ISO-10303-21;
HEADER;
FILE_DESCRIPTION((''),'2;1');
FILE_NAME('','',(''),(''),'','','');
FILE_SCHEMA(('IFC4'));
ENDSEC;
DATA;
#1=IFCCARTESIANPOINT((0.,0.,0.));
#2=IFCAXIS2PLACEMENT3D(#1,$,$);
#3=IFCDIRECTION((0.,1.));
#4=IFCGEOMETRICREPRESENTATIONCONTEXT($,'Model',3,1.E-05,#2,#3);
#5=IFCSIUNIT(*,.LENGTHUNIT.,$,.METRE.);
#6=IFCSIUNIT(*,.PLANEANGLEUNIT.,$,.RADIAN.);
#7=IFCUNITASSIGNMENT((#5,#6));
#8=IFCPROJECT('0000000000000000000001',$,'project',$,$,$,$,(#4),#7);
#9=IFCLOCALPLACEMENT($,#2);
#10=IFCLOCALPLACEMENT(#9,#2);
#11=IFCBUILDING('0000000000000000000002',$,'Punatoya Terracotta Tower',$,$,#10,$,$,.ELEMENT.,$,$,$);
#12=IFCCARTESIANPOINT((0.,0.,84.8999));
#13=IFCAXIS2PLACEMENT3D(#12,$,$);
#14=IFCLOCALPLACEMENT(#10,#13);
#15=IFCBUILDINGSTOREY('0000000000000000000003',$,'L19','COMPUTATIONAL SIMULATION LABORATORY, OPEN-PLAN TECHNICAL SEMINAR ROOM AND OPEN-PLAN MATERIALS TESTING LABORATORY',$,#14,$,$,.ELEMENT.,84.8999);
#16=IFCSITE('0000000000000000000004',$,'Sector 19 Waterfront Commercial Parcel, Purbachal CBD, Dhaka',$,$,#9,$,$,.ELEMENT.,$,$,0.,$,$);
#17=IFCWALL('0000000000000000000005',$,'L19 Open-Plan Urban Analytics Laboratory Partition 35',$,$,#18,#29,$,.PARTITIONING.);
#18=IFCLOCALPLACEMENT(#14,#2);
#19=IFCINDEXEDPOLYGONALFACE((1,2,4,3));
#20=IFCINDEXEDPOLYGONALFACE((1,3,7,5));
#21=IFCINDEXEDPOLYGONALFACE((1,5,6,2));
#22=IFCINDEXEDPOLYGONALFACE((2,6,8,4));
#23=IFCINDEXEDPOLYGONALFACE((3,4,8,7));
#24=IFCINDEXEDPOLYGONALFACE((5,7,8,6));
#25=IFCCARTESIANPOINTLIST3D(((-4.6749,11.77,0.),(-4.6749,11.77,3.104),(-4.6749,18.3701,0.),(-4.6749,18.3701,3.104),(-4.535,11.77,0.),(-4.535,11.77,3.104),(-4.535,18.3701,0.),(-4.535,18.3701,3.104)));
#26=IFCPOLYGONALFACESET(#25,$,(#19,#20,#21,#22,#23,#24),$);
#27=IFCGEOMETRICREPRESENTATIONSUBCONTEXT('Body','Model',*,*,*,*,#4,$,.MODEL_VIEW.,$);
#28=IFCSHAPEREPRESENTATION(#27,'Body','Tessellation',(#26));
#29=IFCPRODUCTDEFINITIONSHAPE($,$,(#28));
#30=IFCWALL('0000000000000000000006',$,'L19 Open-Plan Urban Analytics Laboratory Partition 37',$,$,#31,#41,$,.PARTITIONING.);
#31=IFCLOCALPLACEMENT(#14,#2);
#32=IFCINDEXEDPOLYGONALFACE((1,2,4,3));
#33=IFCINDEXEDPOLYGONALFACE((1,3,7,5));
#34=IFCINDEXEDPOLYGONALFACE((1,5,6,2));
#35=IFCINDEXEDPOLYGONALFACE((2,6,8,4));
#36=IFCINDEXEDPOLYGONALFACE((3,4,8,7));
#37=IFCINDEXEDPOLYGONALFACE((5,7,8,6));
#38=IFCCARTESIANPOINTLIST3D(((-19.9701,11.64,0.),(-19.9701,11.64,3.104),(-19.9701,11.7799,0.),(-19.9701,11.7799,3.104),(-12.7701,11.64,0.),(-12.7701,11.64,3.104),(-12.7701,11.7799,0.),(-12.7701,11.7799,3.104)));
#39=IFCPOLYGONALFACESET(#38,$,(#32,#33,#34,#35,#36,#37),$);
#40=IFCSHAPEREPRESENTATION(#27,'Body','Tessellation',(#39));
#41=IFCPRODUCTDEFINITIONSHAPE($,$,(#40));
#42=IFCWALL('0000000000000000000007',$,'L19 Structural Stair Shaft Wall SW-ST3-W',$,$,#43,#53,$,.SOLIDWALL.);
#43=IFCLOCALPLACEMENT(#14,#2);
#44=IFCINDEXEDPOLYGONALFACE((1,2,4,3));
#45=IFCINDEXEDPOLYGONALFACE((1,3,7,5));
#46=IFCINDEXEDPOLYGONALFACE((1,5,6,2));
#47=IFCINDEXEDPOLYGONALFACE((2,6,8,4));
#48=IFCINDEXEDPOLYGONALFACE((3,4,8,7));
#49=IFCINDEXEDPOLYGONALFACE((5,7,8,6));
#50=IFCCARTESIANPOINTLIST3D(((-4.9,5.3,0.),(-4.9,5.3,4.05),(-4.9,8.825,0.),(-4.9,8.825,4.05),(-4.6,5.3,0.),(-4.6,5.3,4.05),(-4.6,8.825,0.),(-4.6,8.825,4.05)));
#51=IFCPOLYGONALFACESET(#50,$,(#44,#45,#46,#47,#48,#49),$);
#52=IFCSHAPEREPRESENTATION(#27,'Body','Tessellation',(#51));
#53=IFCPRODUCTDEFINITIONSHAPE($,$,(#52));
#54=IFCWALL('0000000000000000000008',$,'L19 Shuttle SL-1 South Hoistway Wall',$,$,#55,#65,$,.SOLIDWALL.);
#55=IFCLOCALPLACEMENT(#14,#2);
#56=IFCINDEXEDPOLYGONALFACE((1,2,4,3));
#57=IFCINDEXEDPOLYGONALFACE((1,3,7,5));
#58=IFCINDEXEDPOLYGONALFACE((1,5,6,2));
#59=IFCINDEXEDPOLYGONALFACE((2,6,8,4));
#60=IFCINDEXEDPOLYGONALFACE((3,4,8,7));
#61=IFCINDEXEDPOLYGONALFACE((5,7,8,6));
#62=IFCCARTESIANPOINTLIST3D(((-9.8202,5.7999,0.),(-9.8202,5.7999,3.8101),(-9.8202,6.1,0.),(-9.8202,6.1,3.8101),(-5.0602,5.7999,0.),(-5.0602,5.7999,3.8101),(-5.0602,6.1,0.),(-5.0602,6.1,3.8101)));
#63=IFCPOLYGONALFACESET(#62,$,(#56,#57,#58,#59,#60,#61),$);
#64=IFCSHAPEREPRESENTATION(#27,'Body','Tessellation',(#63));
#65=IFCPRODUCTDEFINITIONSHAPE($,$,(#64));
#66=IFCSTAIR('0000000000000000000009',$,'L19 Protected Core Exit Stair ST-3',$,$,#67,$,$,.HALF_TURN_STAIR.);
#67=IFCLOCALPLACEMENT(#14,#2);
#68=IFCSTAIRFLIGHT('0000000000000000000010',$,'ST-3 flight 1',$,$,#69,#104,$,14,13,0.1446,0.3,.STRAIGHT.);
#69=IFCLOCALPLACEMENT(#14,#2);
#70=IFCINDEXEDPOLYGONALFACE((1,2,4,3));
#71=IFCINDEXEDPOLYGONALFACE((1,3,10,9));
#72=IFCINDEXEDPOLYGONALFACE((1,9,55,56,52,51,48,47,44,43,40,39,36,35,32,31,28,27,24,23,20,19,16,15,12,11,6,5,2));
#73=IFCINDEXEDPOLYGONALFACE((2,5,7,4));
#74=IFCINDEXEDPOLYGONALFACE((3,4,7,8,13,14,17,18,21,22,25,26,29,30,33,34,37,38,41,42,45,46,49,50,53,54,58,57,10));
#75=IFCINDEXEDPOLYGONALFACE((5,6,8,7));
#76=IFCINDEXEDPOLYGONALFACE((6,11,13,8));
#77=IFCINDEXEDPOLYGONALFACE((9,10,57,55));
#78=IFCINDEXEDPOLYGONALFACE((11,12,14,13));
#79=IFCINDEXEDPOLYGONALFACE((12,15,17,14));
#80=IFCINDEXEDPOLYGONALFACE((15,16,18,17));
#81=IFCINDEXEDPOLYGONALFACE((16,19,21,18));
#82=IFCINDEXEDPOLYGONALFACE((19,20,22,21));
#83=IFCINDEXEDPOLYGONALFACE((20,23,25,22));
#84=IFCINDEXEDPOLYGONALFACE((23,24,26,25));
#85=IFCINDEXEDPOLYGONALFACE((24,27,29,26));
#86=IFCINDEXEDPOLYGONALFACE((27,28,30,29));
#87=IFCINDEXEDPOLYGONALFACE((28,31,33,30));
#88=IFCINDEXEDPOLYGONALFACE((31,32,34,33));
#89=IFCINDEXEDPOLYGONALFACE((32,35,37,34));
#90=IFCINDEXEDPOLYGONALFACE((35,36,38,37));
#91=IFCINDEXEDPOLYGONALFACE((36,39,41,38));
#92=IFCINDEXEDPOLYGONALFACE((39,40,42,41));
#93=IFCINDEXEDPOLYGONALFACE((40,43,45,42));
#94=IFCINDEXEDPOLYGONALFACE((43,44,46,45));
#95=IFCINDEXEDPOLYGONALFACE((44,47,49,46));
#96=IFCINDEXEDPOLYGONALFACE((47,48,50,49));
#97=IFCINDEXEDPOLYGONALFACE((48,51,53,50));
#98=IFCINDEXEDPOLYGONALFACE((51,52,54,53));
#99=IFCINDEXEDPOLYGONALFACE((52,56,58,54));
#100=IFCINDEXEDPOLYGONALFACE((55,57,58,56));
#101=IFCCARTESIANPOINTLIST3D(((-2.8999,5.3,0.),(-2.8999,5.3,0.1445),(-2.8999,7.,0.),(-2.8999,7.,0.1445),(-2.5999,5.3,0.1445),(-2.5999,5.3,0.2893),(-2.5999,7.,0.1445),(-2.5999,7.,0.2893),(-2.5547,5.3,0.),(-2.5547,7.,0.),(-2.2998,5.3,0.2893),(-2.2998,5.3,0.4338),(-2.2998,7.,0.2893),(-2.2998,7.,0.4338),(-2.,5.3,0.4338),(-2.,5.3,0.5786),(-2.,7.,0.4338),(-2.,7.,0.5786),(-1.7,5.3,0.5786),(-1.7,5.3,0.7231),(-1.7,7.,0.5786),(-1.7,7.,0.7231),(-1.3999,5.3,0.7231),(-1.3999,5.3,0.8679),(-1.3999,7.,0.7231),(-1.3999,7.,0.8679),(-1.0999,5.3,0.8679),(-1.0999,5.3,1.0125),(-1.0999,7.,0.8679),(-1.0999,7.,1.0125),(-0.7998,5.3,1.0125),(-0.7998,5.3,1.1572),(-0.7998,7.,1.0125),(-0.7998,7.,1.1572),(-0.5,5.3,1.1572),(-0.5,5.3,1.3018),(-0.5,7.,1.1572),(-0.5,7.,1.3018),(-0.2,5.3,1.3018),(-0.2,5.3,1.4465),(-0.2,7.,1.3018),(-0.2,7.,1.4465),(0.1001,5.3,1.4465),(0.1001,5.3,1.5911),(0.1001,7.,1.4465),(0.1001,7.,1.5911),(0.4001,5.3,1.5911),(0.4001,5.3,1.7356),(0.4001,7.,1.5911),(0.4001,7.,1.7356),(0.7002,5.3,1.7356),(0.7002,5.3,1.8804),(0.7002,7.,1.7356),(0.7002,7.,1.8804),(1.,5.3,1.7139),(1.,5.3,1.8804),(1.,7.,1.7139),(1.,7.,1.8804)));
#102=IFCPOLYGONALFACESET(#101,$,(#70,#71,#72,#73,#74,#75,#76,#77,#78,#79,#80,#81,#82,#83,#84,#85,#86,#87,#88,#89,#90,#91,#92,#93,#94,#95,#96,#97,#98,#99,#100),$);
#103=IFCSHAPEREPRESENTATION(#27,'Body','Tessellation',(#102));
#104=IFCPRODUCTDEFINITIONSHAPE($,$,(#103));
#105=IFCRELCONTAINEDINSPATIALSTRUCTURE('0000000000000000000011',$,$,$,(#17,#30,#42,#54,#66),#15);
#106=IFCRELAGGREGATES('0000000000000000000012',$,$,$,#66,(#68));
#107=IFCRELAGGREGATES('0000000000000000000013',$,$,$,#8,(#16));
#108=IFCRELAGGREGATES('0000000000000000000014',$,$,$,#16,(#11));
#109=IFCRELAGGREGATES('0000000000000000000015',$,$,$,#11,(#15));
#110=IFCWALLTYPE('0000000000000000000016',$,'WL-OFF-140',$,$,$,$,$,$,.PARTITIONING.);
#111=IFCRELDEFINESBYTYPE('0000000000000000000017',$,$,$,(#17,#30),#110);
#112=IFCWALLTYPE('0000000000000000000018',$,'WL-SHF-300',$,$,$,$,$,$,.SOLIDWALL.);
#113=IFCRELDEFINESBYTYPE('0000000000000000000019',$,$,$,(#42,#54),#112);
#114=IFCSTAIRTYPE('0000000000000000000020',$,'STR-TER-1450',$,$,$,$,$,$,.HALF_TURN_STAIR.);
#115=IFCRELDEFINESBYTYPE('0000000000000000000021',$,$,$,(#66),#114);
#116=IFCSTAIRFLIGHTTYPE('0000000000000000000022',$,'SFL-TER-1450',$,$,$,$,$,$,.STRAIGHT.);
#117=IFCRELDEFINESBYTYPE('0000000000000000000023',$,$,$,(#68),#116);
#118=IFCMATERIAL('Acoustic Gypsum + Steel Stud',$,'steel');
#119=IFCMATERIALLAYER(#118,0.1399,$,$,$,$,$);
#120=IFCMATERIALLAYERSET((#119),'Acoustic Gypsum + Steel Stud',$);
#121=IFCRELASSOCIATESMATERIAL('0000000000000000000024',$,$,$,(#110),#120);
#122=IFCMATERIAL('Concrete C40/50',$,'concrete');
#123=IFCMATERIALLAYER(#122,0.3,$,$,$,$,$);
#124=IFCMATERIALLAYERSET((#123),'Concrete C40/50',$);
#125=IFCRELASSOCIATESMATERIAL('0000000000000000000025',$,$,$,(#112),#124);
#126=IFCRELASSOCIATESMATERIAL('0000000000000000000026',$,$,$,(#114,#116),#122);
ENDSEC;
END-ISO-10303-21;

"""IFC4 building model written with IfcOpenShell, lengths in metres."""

from ifc_helpers import new_model, si_unit, direction, frame, frame_2d, origin, place, context, subcontext, project, spatial, polyline, rectangle, outline, extrude, material, layer, layer_set, type_object, element, aggregate, save


model = new_model("IFC4")

# Units and contexts
model_context = context("Model", 3, precision=1e-05, world=origin(), true_north=direction((0.0, 1.0)))
body_context = subcontext(model_context, "Body", "Model", "MODEL_VIEW")
ifc_project = project(units=[si_unit("LENGTHUNIT", "METRE"), si_unit("PLANEANGLEUNIT", "RADIAN")], contexts=[model_context])

# Site, building, storey
site_placement = place(None, origin())
site = spatial("IfcSite", under=ifc_project, at=site_placement, Name="Sector 19 Waterfront Commercial Parcel, Purbachal CBD, Dhaka", CompositionType="ELEMENT", RefElevation=0.0)
building_placement = place(site_placement, origin())
building = spatial("IfcBuilding", under=site, at=building_placement, Name="Punatoya Terracotta Tower", CompositionType="ELEMENT")
storey_placement = place(building_placement, frame((0.0, 0.0, 84.8999)))
storey = spatial("IfcBuildingStorey", under=building, at=storey_placement, Name="L19", Description="COMPUTATIONAL SIMULATION LABORATORY, OPEN-PLAN TECHNICAL SEMINAR ROOM AND OPEN-PLAN MATERIALS TESTING LABORATORY", CompositionType="ELEMENT", Elevation=84.8999)

# Walls
ifc_material_1 = material(Name="Concrete C40/50", Category="concrete")
ifc_material_2 = material(Name="Acoustic Gypsum + Steel Stud", Category="steel")
ifc_layer_1 = layer(ifc_material_2, 0.1399)
ifc_layer_set_1 = layer_set([ifc_layer_1], Name="Acoustic Gypsum + Steel Stud")
wall_type_1 = type_object("IfcWallType", Name="WL-OFF-140", PredefinedType="PARTITIONING", material=ifc_layer_set_1)
wall_1_placement = place(storey_placement, frame((-4.605, 18.3701, 0.0), z_axis=(0.0, 0.0, 1.0), x_axis=(0.0, -1.0, 0.0)))
element("IfcWall", 1, at=wall_1_placement, inside=storey, type_object=wall_type_1, Name="L19 Open-Plan Urban Analytics Laboratory Partition 35", PredefinedType="PARTITIONING", context=body_context, shape_type="SweptSolid", body=[
    extrude(rectangle(XDim=6.6001, YDim=0.1399, at=frame_2d((3.3, 0.0))), origin(), (0.0, 0.0, 1.0), 3.104),
])
wall_2_placement = place(storey_placement, frame((-12.77, 11.71, 0.0), z_axis=(0.0, 0.0, 1.0), x_axis=(-1.0, 0.0, 0.0)))
element("IfcWall", 2, at=wall_2_placement, inside=storey, type_object=wall_type_1, Name="L19 Open-Plan Urban Analytics Laboratory Partition 37", PredefinedType="PARTITIONING", context=body_context, shape_type="SweptSolid", body=[
    extrude(rectangle(XDim=7.2, YDim=0.1399, at=frame_2d((3.6001, 0.0))), origin(), (0.0, 0.0, 1.0), 3.104),
])
ifc_layer_2 = layer(ifc_material_1, 0.3)
ifc_layer_set_2 = layer_set([ifc_layer_2], Name="Concrete C40/50")
wall_type_2 = type_object("IfcWallType", Name="WL-SHF-300", PredefinedType="SOLIDWALL", material=ifc_layer_set_2)
wall_3_placement = place(storey_placement, frame((-4.75, 5.3, 0.0), z_axis=(0.0, 0.0, 1.0), x_axis=(0.0, 1.0, 0.0)))
element("IfcWall", 3, at=wall_3_placement, inside=storey, type_object=wall_type_2, Name="L19 Structural Stair Shaft Wall SW-ST3-W", PredefinedType="SOLIDWALL", context=body_context, shape_type="SweptSolid", body=[
    extrude(rectangle(XDim=3.5249, YDim=0.3, at=frame_2d((1.7625, 0.0))), origin(), (0.0, 0.0, 1.0), 4.05),
])
wall_4_placement = place(storey_placement, frame((-9.8201, 5.95, 0.0), z_axis=(0.0, 0.0, 1.0), x_axis=(1.0, 0.0, 0.0)))
element("IfcWall", 4, at=wall_4_placement, inside=storey, type_object=wall_type_2, Name="L19 Shuttle SL-1 South Hoistway Wall", PredefinedType="SOLIDWALL", context=body_context, shape_type="SweptSolid", body=[
    extrude(rectangle(XDim=4.76, YDim=0.3, at=frame_2d((2.3799, 0.0))), origin(), (0.0, 0.0, 1.0), 3.8101),
])

# Stair, stair flight
stair_type = type_object("IfcStairType", Name="STR-TER-1450", PredefinedType="HALF_TURN_STAIR", material=ifc_material_1)
stair_placement = place(storey_placement, origin())
stair = element("IfcStair", 5, at=stair_placement, inside=storey, type_object=stair_type, Name="L19 Protected Core Exit Stair ST-3", PredefinedType="HALF_TURN_STAIR")
stair_flight_type = type_object("IfcStairFlightType", Name="SFL-TER-1450", PredefinedType="STRAIGHT", material=ifc_material_1)
stair_flight_placement = place(storey_placement, frame((-2.8999, 6.1499, 0.0), z_axis=(0.0, 0.0, 1.0), x_axis=(1.0, 0.0, 0.0)))
stair_flight = element("IfcStairFlight", 6, at=stair_flight_placement, type_object=stair_flight_type, Name="ST-3 flight 1", NumberOfRisers=14, NumberOfTreads=13, PredefinedType="STRAIGHT", RiserHeight=0.1446, TreadLength=0.3, context=body_context, shape_type="SweptSolid", body=[
    extrude(outline(polyline([(0.0, 0.0), (0.0, 0.1445), (0.3, 0.1445), (0.3, 0.2893), (0.6001, 0.2893), (0.6001, 0.4338), (0.8999, 0.4338), (0.8999, 0.5786), (1.2, 0.5786), (1.2, 0.7231), (1.5, 0.7231), (1.5, 0.8679), (1.8, 0.8679), (1.8, 1.0125), (2.1001, 1.0125), (2.1001, 1.1572), (2.3999, 1.1572), (2.3999, 1.3018), (2.7, 1.3018), (2.7, 1.4465), (3.0, 1.4465), (3.0, 1.5911), (3.3, 1.5911), (3.3, 1.7356), (3.6001, 1.7356), (3.6001, 1.8804), (3.8999, 1.8804), (3.8999, 2.0249), (3.8999, 1.7139), (0.3452, 0.0), (0.0, 0.0)])), frame((0.0, 0.8501, 0.0), z_axis=(0.0, -1.0, 0.0), x_axis=(1.0, 0.0, 0.0)), (0.0, 0.0, 1.0), 1.7),
])
aggregate(stair, [stair_flight])

save(model, "model.ifc")
